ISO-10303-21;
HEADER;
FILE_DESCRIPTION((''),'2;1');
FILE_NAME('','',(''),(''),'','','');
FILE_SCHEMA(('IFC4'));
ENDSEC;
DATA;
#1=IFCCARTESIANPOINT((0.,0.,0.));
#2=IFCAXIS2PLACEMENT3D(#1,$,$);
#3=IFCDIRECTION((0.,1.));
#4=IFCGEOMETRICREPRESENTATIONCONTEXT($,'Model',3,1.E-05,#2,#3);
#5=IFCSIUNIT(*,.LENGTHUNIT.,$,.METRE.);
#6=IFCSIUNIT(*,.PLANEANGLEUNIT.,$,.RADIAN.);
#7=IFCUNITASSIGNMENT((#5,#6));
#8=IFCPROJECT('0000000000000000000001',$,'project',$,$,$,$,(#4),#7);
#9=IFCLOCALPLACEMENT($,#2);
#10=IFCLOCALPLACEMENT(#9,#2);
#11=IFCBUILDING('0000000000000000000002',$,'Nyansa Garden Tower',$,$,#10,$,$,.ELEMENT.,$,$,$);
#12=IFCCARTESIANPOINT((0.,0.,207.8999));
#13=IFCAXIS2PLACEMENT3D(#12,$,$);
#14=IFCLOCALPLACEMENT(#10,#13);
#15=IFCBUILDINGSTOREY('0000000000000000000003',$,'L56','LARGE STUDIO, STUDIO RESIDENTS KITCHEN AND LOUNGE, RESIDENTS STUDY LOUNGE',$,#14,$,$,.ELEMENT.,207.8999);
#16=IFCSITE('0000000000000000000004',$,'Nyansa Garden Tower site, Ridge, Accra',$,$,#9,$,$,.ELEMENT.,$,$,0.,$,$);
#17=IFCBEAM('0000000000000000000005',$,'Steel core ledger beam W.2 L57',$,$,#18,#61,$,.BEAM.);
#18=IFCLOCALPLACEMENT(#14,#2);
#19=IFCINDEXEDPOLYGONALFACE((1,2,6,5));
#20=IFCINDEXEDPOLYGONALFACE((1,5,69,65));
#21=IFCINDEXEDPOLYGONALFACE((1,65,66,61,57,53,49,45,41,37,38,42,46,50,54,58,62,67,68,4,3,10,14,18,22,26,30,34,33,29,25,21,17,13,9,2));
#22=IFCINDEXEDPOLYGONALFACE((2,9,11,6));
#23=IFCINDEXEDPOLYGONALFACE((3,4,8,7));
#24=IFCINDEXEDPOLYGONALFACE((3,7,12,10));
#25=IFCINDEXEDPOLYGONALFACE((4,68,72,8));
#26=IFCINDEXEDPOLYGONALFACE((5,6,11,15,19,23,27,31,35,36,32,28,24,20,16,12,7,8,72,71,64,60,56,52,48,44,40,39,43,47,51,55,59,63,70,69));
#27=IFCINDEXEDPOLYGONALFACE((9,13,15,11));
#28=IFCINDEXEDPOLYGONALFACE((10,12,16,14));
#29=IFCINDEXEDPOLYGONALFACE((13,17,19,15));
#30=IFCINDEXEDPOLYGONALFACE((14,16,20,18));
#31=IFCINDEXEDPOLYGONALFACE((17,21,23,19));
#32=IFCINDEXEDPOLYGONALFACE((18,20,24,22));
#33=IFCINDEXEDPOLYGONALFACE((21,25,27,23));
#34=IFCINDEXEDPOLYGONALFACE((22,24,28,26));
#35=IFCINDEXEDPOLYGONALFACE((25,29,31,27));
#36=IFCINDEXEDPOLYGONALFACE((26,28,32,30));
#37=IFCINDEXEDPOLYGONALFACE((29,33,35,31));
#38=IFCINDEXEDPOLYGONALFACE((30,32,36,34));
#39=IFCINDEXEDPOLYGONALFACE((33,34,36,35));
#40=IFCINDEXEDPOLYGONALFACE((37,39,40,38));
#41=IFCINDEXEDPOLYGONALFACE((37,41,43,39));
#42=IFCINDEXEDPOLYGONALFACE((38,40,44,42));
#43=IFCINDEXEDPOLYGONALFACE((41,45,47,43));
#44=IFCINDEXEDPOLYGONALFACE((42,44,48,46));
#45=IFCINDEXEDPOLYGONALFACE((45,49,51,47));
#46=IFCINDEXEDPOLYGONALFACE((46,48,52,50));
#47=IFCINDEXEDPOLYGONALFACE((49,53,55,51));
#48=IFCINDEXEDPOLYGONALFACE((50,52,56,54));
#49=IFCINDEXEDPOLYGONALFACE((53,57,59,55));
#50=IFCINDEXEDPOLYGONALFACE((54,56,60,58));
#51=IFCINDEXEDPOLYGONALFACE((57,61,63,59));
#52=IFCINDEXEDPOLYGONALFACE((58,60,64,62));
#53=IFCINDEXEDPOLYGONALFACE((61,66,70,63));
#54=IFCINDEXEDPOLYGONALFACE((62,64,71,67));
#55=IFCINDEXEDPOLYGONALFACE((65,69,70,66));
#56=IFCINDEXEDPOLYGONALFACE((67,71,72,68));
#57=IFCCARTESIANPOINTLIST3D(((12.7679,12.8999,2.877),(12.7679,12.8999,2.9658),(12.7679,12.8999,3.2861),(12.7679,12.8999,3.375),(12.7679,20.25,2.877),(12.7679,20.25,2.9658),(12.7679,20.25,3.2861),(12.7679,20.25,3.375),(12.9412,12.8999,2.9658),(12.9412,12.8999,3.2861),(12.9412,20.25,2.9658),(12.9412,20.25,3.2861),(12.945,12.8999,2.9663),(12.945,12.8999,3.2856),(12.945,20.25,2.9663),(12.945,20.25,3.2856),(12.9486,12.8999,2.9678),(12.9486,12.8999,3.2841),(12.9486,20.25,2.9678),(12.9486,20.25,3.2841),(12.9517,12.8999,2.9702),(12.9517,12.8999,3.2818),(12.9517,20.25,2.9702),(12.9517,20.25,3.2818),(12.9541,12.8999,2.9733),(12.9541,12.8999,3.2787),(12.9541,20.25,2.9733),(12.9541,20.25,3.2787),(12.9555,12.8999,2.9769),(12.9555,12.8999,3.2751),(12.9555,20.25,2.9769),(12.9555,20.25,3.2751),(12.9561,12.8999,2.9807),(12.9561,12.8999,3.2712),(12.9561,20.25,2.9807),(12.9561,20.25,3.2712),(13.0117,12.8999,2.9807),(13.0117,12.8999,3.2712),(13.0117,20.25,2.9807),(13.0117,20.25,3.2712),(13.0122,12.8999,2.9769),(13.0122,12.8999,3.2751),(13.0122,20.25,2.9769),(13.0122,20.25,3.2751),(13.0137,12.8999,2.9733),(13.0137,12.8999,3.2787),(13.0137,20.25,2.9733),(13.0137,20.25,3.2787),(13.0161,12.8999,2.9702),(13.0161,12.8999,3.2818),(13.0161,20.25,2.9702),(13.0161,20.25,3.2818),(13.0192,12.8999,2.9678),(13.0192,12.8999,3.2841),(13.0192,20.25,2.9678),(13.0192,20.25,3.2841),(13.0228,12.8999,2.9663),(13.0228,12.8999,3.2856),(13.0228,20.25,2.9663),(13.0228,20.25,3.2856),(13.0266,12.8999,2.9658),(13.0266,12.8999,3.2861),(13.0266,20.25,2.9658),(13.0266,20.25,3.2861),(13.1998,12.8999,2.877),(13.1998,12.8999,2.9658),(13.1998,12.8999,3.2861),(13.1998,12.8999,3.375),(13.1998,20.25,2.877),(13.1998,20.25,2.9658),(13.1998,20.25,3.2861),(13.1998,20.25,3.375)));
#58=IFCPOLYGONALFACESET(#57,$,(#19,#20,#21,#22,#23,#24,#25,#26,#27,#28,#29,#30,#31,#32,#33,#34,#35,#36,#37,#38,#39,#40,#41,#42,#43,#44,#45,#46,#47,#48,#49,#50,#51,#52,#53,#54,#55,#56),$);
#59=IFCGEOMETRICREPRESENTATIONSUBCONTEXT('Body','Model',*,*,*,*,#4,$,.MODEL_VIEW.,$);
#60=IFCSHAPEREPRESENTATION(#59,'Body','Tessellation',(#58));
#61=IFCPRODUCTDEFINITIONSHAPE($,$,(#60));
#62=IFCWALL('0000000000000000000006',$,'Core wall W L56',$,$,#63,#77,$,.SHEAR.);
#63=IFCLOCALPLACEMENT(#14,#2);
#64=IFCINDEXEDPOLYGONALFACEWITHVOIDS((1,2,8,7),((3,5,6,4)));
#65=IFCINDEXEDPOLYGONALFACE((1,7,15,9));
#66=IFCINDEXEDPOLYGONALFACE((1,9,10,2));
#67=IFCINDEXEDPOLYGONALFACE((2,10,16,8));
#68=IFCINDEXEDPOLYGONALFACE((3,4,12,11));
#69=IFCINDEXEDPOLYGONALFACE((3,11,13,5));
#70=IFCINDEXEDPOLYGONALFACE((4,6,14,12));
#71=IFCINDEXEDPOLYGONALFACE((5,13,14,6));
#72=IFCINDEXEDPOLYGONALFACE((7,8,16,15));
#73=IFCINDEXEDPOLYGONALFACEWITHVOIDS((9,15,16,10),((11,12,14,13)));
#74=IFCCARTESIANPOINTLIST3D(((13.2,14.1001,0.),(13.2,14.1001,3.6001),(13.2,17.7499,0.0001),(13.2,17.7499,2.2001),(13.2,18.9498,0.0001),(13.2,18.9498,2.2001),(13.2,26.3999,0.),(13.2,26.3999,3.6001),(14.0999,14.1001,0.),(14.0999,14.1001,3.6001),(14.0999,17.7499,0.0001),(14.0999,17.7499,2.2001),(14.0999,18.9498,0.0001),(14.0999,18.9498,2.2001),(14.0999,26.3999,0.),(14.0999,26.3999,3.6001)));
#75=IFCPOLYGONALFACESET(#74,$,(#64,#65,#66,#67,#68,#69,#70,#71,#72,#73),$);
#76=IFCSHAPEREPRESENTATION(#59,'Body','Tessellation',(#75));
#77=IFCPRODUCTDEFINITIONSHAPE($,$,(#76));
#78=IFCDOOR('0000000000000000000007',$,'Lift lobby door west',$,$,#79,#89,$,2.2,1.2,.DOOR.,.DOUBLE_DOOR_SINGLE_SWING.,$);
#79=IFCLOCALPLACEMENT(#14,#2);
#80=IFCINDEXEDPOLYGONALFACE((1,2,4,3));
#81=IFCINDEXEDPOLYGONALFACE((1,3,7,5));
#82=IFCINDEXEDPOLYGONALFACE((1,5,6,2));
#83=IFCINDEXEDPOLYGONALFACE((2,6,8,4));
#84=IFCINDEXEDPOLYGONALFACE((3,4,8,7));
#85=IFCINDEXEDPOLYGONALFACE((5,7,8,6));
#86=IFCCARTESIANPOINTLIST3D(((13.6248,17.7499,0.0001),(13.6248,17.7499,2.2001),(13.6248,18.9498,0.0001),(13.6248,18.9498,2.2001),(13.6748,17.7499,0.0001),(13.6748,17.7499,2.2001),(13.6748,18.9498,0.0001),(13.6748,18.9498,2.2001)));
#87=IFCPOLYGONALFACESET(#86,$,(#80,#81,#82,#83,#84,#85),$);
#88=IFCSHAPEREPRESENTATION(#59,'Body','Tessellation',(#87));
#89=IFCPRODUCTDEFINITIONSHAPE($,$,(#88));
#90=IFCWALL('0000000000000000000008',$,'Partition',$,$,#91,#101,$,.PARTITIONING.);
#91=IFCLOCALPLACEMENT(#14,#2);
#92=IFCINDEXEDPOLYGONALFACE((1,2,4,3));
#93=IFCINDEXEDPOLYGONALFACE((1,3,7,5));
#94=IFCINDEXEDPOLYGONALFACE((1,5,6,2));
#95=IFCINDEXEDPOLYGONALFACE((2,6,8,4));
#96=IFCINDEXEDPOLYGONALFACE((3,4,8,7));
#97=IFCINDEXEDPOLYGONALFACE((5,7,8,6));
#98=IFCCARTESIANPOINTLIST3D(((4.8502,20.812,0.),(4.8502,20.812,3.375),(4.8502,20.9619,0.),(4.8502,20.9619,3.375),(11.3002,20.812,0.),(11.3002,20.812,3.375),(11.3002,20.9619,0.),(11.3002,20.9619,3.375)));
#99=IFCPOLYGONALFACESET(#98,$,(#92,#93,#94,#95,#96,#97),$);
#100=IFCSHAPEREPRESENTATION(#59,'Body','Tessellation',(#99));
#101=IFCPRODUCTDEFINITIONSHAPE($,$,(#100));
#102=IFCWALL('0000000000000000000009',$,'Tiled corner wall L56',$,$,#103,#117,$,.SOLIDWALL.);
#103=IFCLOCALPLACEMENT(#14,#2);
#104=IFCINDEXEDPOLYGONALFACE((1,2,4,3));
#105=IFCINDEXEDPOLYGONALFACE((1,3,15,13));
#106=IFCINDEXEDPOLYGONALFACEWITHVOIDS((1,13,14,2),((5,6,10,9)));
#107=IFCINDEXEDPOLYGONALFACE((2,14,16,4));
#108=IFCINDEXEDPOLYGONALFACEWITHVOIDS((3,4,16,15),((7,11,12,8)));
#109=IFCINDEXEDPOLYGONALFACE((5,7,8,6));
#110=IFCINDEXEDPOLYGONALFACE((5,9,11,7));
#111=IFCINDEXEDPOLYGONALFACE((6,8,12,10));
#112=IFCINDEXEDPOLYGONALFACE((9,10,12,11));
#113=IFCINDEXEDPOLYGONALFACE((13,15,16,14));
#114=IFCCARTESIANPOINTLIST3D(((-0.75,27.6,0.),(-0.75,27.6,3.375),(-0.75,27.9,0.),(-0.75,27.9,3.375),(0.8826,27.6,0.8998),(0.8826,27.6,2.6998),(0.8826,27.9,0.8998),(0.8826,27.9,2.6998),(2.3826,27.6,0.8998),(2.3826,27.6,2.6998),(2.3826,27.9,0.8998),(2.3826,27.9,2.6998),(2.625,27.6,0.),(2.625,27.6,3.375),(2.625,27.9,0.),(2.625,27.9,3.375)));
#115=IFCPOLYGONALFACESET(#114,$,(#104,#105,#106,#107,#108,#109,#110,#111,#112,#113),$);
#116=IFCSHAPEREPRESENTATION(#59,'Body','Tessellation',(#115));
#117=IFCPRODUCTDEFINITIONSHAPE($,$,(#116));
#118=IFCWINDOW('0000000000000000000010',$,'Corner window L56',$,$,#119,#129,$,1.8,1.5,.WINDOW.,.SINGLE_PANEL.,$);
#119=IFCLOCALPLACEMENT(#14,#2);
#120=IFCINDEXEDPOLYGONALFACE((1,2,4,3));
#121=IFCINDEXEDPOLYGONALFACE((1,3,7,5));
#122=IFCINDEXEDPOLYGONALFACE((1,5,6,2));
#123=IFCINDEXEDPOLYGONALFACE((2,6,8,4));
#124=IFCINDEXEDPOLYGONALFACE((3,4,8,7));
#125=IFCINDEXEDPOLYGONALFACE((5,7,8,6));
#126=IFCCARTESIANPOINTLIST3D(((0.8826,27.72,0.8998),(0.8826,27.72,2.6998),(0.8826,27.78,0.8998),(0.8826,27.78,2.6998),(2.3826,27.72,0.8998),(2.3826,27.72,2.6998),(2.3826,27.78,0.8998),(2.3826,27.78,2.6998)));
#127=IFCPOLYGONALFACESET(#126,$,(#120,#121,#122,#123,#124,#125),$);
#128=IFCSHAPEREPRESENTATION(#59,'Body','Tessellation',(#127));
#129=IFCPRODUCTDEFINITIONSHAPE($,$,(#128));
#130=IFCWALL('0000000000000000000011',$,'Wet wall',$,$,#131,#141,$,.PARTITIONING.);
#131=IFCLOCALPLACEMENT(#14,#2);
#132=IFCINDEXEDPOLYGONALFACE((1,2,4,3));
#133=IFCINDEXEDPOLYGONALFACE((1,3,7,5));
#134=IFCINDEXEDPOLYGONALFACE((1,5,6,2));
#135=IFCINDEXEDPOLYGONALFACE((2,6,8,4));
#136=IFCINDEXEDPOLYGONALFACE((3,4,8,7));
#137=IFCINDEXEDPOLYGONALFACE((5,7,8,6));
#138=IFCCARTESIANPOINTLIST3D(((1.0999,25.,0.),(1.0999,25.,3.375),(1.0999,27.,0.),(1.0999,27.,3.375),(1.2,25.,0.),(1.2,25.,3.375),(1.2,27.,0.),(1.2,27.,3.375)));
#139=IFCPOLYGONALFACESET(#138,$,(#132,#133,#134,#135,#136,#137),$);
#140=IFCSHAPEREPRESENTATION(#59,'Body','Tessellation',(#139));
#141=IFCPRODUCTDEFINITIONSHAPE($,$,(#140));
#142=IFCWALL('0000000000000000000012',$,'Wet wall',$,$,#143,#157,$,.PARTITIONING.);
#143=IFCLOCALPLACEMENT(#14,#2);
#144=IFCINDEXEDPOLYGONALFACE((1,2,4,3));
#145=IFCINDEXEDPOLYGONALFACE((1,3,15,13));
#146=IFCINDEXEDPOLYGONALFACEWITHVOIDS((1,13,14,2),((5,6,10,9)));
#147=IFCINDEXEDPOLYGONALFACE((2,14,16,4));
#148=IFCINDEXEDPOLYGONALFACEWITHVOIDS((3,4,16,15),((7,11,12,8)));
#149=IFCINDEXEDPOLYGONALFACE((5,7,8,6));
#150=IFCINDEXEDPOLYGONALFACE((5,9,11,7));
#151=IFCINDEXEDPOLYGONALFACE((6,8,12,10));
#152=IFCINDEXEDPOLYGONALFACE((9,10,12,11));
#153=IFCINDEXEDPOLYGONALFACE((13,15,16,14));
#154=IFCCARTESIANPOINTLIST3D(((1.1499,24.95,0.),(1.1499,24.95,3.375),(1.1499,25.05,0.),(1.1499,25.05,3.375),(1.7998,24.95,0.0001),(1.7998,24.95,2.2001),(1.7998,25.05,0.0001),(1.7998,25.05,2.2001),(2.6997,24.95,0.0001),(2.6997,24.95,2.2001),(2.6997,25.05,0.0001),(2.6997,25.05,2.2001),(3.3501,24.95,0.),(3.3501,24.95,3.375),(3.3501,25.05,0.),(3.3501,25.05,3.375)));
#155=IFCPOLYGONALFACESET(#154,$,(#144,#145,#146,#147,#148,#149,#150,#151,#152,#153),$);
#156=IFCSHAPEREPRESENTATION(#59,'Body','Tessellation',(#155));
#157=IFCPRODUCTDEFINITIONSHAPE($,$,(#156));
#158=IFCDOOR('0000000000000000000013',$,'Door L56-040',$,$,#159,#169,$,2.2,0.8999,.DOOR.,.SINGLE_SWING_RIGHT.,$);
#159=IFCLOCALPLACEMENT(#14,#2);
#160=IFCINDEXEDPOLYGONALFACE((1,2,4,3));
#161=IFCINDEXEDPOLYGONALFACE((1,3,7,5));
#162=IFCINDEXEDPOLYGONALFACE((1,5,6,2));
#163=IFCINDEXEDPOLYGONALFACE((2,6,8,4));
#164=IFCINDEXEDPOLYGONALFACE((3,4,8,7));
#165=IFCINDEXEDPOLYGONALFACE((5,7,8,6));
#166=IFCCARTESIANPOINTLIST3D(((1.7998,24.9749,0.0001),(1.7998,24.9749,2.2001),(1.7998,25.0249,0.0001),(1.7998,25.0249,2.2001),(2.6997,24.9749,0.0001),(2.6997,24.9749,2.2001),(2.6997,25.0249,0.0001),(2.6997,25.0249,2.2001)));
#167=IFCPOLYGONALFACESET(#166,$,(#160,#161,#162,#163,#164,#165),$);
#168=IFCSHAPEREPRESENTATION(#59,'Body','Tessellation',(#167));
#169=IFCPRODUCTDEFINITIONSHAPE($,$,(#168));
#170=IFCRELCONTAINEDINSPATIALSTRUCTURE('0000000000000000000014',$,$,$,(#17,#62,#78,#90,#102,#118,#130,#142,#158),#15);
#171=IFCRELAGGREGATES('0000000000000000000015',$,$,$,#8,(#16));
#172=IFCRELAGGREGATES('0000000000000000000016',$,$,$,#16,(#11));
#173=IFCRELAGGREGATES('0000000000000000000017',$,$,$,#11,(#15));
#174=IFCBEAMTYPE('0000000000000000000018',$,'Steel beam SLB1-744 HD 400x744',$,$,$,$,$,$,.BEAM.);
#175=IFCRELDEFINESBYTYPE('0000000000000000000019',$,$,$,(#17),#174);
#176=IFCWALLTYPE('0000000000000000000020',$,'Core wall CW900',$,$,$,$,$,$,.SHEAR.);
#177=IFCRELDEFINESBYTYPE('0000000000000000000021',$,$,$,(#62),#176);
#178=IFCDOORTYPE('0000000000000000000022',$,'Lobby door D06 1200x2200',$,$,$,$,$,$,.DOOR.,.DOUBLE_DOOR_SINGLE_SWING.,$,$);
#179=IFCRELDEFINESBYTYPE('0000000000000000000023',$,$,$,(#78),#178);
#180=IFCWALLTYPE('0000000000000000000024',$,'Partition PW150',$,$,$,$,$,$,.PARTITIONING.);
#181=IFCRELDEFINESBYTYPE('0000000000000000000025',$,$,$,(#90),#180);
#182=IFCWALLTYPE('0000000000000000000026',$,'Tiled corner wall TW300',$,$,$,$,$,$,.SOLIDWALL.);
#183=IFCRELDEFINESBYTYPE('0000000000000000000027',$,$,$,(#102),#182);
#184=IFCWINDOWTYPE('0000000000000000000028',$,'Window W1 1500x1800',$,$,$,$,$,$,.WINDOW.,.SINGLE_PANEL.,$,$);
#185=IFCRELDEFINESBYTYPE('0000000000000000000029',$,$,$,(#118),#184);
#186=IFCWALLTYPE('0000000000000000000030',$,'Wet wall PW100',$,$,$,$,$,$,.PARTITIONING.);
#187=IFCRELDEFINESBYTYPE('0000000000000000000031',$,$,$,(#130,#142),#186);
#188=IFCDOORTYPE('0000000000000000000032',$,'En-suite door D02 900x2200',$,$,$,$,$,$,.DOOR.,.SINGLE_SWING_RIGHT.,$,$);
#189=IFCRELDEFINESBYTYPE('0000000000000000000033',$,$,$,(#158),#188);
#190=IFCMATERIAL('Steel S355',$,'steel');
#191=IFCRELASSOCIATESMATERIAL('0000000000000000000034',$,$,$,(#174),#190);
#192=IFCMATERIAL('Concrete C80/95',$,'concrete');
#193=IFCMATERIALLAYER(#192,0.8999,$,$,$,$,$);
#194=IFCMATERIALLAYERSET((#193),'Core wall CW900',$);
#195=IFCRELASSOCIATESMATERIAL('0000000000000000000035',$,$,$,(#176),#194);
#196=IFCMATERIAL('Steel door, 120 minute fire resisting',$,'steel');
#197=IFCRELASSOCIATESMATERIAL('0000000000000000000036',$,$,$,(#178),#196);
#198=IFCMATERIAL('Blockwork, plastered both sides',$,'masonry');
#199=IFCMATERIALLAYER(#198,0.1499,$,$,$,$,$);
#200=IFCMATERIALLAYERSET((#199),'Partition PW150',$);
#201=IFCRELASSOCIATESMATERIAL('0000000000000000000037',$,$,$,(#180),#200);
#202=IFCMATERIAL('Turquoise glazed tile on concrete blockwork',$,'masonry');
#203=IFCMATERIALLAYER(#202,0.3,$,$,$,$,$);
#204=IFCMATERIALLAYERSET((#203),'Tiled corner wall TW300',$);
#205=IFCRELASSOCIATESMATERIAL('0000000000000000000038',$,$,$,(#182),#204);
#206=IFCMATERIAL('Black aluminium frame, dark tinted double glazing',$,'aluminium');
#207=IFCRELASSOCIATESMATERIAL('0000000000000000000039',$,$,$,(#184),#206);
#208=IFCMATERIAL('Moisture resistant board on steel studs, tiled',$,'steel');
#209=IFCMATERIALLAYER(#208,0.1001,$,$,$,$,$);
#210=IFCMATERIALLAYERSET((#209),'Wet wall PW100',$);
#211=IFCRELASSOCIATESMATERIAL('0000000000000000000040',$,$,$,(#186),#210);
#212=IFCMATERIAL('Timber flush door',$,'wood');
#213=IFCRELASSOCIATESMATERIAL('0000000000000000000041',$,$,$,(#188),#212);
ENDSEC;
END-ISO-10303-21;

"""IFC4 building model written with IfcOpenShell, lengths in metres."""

from ifc_helpers import new_model, si_unit, direction, frame, frame_2d, origin, origin_2d, place, context, subcontext, project, spatial, rectangle, i_section, extrude, material, layer, layer_set, material_profile, profile_set, type_object, element, fill, save


model = new_model("IFC4")

# Units and contexts
model_context = context("Model", 3, precision=1e-05, world=origin(), true_north=direction((0.0, 1.0)))
body_context = subcontext(model_context, "Body", "Model", "MODEL_VIEW")
ifc_project = project(units=[si_unit("LENGTHUNIT", "METRE"), si_unit("PLANEANGLEUNIT", "RADIAN")], contexts=[model_context])

# Site, building, storey
site_placement = place(None, origin())
site = spatial("IfcSite", under=ifc_project, at=site_placement, Name="Nyansa Garden Tower site, Ridge, Accra", CompositionType="ELEMENT", RefElevation=0.0)
building_placement = place(site_placement, origin())
building = spatial("IfcBuilding", under=site, at=building_placement, Name="Nyansa Garden Tower", CompositionType="ELEMENT")
storey_placement = place(building_placement, frame((0.0, 0.0, 207.8999)))
storey = spatial("IfcBuildingStorey", under=building, at=storey_placement, Name="L56", Description="LARGE STUDIO, STUDIO RESIDENTS KITCHEN AND LOUNGE, RESIDENTS STUDY LOUNGE", CompositionType="ELEMENT", Elevation=207.8999)

# Beam
ifc_material_1 = material(Name="Steel S355", Category="steel")
ifc_material_profile_1 = material_profile(ifc_material_1, i_section(OverallWidth=0.4319, OverallDepth=0.498, WebThickness=0.0557, FlangeThickness=0.0889, FilletRadius=0.0149, at=origin_2d()), Name="HD 400x744")
ifc_profile_set_1 = profile_set([ifc_material_profile_1], Name="Steel S355")
beam_type_1 = type_object("IfcBeamType", Name="Steel beam SLB1-744 HD 400x744", PredefinedType="BEAM", material=ifc_profile_set_1)
for number, where, z_axis, x_axis, name in (
    (1, (12.9839, 20.25, 3.126), (0.0, -1.0, 0.0), (1.0, 0.0, 0.0), "Steel core ledger beam W.2 L57"),
):
    element("IfcBeam", number, at=place(storey_placement, frame(where, z_axis=z_axis, x_axis=x_axis)), inside=storey, type_object=beam_type_1, Name=name, PredefinedType="BEAM", context=body_context, shape_type="SweptSolid", body=[
        extrude(i_section(OverallWidth=0.4319, OverallDepth=0.498, WebThickness=0.0557, FlangeThickness=0.0889, FilletRadius=0.0149, at=origin_2d()), origin(), (0.0, 0.0, 1.0), 7.3501),
    ])

# Wall, opening, door
ifc_material_2 = material(Name="Concrete C80/95", Category="concrete")
ifc_layer_1 = layer(ifc_material_2, 0.8999)
ifc_layer_set_1 = layer_set([ifc_layer_1], Name="Core wall CW900")
wall_type_1 = type_object("IfcWallType", Name="Core wall CW900", PredefinedType="SHEAR", material=ifc_layer_set_1)
wall_1_placement = place(storey_placement, frame((13.6499, 26.3999, 0.0), z_axis=(0.0, 0.0, 1.0), x_axis=(0.0, -1.0, 0.0)))
wall_1 = element("IfcWall", 2, at=wall_1_placement, inside=storey, type_object=wall_type_1, Name="Core wall W L56", PredefinedType="SHEAR", context=body_context, shape_type="SweptSolid", body=[
    extrude(rectangle(XDim=12.2998, YDim=0.8999, at=frame_2d((6.1499, 0.0))), origin(), (0.0, 0.0, 1.0), 3.6001),
])
opening_1_placement = place(wall_1_placement, frame((7.45, 0.0, 0.0)))
opening_1 = element("IfcOpeningElement", 3, at=opening_1_placement, cuts=wall_1, PredefinedType="OPENING", context=body_context, shape_type="SweptSolid", body=[
    extrude(rectangle(XDim=1.2, YDim=2.2, at=frame_2d((0.6001, 1.1001))), frame((0.0, 0.46, 0.0), z_axis=(0.0, -1.0, 0.0), x_axis=(1.0, 0.0, 0.0)), (0.0, 0.0, 1.0), 0.9199),
])
ifc_material_3 = material(Name="Steel door, 120 minute fire resisting", Category="steel")
door_type_1 = type_object("IfcDoorType", Name="Lobby door D06 1200x2200", OperationType="DOUBLE_DOOR_SINGLE_SWING", PredefinedType="DOOR", material=ifc_material_3)
door_1_placement = place(opening_1_placement, origin())
door_1 = element("IfcDoor", 4, at=door_1_placement, inside=storey, type_object=door_type_1, Name="Lift lobby door west", OperationType="DOUBLE_DOOR_SINGLE_SWING", OverallHeight=2.2, OverallWidth=1.2, PredefinedType="DOOR", context=body_context, shape_type="SweptSolid", body=[
    extrude(rectangle(XDim=1.2, YDim=2.2, at=frame_2d((0.6001, 1.1001))), frame((0.0, 0.0249, 0.0), z_axis=(0.0, -1.0, 0.0), x_axis=(1.0, 0.0, 0.0)), (0.0, 0.0, 1.0), 0.05),
])
fill(opening_1, door_1)

# Wall
ifc_material_4 = material(Name="Blockwork, plastered both sides", Category="masonry")
ifc_layer_2 = layer(ifc_material_4, 0.1499)
ifc_layer_set_2 = layer_set([ifc_layer_2], Name="Partition PW150")
wall_type_2 = type_object("IfcWallType", Name="Partition PW150", PredefinedType="PARTITIONING", material=ifc_layer_set_2)
wall_2_placement = place(storey_placement, frame((4.8501, 20.887, 0.0), z_axis=(0.0, 0.0, 1.0), x_axis=(1.0, 0.0, 0.0)))
element("IfcWall", 5, at=wall_2_placement, inside=storey, type_object=wall_type_2, Name="Partition", PredefinedType="PARTITIONING", context=body_context, shape_type="SweptSolid", body=[
    extrude(rectangle(XDim=6.45, YDim=0.1499, at=frame_2d((3.2251, 0.0))), origin(), (0.0, 0.0, 1.0), 3.375),
])

# Wall, opening, window
ifc_material_5 = material(Name="Turquoise glazed tile on concrete blockwork", Category="masonry")
ifc_layer_3 = layer(ifc_material_5, 0.3)
ifc_layer_set_3 = layer_set([ifc_layer_3], Name="Tiled corner wall TW300")
wall_type_3 = type_object("IfcWallType", Name="Tiled corner wall TW300", PredefinedType="SOLIDWALL", material=ifc_layer_set_3)
wall_3_placement = place(storey_placement, frame((2.625, 27.75, 0.0), z_axis=(0.0, 0.0, 1.0), x_axis=(-1.0, 0.0, 0.0)))
wall_3 = element("IfcWall", 6, at=wall_3_placement, inside=storey, type_object=wall_type_3, Name="Tiled corner wall L56", PredefinedType="SOLIDWALL", context=body_context, shape_type="SweptSolid", body=[
    extrude(rectangle(XDim=3.375, YDim=0.3, at=frame_2d((1.6875, 0.0))), origin(), (0.0, 0.0, 1.0), 3.375),
])
opening_2_placement = place(wall_3_placement, frame((0.2424, 0.0, 0.8999)))
opening_2 = element("IfcOpeningElement", 7, at=opening_2_placement, cuts=wall_3, PredefinedType="OPENING", context=body_context, shape_type="SweptSolid", body=[
    extrude(rectangle(XDim=1.5, YDim=1.8, at=frame_2d((0.75, 0.8999))), frame((0.0, 0.1599, 0.0), z_axis=(0.0, -1.0, 0.0), x_axis=(1.0, 0.0, 0.0)), (0.0, 0.0, 1.0), 0.3201),
])
ifc_material_6 = material(Name="Black aluminium frame, dark tinted double glazing", Category="aluminium")
window_type = type_object("IfcWindowType", Name="Window W1 1500x1800", PartitioningType="SINGLE_PANEL", PredefinedType="WINDOW", material=ifc_material_6)
window_placement = place(opening_2_placement, origin())
window = element("IfcWindow", 8, at=window_placement, inside=storey, type_object=window_type, Name="Corner window L56", OverallHeight=1.8, OverallWidth=1.5, PartitioningType="SINGLE_PANEL", PredefinedType="WINDOW", context=body_context, shape_type="SweptSolid", body=[
    extrude(rectangle(XDim=1.5, YDim=1.8, at=frame_2d((0.75, 0.8999))), frame((0.0, 0.03, 0.0), z_axis=(0.0, -1.0, 0.0), x_axis=(1.0, 0.0, 0.0)), (0.0, 0.0, 1.0), 0.0601),
])
fill(opening_2, window)

# Wall
ifc_material_7 = material(Name="Moisture resistant board on steel studs, tiled", Category="steel")
ifc_layer_4 = layer(ifc_material_7, 0.1001)
ifc_layer_set_4 = layer_set([ifc_layer_4], Name="Wet wall PW100")
wall_type_4 = type_object("IfcWallType", Name="Wet wall PW100", PredefinedType="PARTITIONING", material=ifc_layer_set_4)
wall_4_placement = place(storey_placement, frame((1.1499, 25.0, 0.0), z_axis=(0.0, 0.0, 1.0), x_axis=(0.0, 1.0, 0.0)))
element("IfcWall", 9, at=wall_4_placement, inside=storey, type_object=wall_type_4, Name="Wet wall", PredefinedType="PARTITIONING", context=body_context, shape_type="SweptSolid", body=[
    extrude(rectangle(XDim=2.0, YDim=0.1001, at=frame_2d((1.0, 0.0))), origin(), (0.0, 0.0, 1.0), 3.375),
])

# Wall, opening, door
wall_5_placement = place(storey_placement, frame((1.1499, 25.0, 0.0), z_axis=(0.0, 0.0, 1.0), x_axis=(1.0, 0.0, 0.0)))
wall_5 = element("IfcWall", 10, at=wall_5_placement, inside=storey, type_object=wall_type_4, Name="Wet wall", PredefinedType="PARTITIONING", context=body_context, shape_type="SweptSolid", body=[
    extrude(rectangle(XDim=2.2002, YDim=0.1001, at=frame_2d((1.1001, 0.0))), origin(), (0.0, 0.0, 1.0), 3.375),
])
opening_3_placement = place(wall_5_placement, frame((0.6499, 0.0, 0.0)))
opening_3 = element("IfcOpeningElement", 11, at=opening_3_placement, cuts=wall_5, PredefinedType="OPENING", context=body_context, shape_type="SweptSolid", body=[
    extrude(rectangle(XDim=0.8999, YDim=2.2, at=frame_2d((0.45, 1.1001))), frame((0.0, 0.0601, 0.0), z_axis=(0.0, -1.0, 0.0), x_axis=(1.0, 0.0, 0.0)), (0.0, 0.0, 1.0), 0.1201),
])
ifc_material_8 = material(Name="Timber flush door", Category="wood")
door_type_2 = type_object("IfcDoorType", Name="En-suite door D02 900x2200", OperationType="SINGLE_SWING_RIGHT", PredefinedType="DOOR", material=ifc_material_8)
door_2_placement = place(opening_3_placement, origin())
door_2 = element("IfcDoor", 12, at=door_2_placement, inside=storey, type_object=door_type_2, Name="Door L56-040", OperationType="SINGLE_SWING_RIGHT", OverallHeight=2.2, OverallWidth=0.8999, PredefinedType="DOOR", context=body_context, shape_type="SweptSolid", body=[
    extrude(rectangle(XDim=0.8999, YDim=2.2, at=frame_2d((0.45, 1.1001))), frame((0.0, 0.0249, 0.0), z_axis=(0.0, -1.0, 0.0), x_axis=(1.0, 0.0, 0.0)), (0.0, 0.0, 1.0), 0.05),
])
fill(opening_3, door_2)

save(model, "model.ifc")
